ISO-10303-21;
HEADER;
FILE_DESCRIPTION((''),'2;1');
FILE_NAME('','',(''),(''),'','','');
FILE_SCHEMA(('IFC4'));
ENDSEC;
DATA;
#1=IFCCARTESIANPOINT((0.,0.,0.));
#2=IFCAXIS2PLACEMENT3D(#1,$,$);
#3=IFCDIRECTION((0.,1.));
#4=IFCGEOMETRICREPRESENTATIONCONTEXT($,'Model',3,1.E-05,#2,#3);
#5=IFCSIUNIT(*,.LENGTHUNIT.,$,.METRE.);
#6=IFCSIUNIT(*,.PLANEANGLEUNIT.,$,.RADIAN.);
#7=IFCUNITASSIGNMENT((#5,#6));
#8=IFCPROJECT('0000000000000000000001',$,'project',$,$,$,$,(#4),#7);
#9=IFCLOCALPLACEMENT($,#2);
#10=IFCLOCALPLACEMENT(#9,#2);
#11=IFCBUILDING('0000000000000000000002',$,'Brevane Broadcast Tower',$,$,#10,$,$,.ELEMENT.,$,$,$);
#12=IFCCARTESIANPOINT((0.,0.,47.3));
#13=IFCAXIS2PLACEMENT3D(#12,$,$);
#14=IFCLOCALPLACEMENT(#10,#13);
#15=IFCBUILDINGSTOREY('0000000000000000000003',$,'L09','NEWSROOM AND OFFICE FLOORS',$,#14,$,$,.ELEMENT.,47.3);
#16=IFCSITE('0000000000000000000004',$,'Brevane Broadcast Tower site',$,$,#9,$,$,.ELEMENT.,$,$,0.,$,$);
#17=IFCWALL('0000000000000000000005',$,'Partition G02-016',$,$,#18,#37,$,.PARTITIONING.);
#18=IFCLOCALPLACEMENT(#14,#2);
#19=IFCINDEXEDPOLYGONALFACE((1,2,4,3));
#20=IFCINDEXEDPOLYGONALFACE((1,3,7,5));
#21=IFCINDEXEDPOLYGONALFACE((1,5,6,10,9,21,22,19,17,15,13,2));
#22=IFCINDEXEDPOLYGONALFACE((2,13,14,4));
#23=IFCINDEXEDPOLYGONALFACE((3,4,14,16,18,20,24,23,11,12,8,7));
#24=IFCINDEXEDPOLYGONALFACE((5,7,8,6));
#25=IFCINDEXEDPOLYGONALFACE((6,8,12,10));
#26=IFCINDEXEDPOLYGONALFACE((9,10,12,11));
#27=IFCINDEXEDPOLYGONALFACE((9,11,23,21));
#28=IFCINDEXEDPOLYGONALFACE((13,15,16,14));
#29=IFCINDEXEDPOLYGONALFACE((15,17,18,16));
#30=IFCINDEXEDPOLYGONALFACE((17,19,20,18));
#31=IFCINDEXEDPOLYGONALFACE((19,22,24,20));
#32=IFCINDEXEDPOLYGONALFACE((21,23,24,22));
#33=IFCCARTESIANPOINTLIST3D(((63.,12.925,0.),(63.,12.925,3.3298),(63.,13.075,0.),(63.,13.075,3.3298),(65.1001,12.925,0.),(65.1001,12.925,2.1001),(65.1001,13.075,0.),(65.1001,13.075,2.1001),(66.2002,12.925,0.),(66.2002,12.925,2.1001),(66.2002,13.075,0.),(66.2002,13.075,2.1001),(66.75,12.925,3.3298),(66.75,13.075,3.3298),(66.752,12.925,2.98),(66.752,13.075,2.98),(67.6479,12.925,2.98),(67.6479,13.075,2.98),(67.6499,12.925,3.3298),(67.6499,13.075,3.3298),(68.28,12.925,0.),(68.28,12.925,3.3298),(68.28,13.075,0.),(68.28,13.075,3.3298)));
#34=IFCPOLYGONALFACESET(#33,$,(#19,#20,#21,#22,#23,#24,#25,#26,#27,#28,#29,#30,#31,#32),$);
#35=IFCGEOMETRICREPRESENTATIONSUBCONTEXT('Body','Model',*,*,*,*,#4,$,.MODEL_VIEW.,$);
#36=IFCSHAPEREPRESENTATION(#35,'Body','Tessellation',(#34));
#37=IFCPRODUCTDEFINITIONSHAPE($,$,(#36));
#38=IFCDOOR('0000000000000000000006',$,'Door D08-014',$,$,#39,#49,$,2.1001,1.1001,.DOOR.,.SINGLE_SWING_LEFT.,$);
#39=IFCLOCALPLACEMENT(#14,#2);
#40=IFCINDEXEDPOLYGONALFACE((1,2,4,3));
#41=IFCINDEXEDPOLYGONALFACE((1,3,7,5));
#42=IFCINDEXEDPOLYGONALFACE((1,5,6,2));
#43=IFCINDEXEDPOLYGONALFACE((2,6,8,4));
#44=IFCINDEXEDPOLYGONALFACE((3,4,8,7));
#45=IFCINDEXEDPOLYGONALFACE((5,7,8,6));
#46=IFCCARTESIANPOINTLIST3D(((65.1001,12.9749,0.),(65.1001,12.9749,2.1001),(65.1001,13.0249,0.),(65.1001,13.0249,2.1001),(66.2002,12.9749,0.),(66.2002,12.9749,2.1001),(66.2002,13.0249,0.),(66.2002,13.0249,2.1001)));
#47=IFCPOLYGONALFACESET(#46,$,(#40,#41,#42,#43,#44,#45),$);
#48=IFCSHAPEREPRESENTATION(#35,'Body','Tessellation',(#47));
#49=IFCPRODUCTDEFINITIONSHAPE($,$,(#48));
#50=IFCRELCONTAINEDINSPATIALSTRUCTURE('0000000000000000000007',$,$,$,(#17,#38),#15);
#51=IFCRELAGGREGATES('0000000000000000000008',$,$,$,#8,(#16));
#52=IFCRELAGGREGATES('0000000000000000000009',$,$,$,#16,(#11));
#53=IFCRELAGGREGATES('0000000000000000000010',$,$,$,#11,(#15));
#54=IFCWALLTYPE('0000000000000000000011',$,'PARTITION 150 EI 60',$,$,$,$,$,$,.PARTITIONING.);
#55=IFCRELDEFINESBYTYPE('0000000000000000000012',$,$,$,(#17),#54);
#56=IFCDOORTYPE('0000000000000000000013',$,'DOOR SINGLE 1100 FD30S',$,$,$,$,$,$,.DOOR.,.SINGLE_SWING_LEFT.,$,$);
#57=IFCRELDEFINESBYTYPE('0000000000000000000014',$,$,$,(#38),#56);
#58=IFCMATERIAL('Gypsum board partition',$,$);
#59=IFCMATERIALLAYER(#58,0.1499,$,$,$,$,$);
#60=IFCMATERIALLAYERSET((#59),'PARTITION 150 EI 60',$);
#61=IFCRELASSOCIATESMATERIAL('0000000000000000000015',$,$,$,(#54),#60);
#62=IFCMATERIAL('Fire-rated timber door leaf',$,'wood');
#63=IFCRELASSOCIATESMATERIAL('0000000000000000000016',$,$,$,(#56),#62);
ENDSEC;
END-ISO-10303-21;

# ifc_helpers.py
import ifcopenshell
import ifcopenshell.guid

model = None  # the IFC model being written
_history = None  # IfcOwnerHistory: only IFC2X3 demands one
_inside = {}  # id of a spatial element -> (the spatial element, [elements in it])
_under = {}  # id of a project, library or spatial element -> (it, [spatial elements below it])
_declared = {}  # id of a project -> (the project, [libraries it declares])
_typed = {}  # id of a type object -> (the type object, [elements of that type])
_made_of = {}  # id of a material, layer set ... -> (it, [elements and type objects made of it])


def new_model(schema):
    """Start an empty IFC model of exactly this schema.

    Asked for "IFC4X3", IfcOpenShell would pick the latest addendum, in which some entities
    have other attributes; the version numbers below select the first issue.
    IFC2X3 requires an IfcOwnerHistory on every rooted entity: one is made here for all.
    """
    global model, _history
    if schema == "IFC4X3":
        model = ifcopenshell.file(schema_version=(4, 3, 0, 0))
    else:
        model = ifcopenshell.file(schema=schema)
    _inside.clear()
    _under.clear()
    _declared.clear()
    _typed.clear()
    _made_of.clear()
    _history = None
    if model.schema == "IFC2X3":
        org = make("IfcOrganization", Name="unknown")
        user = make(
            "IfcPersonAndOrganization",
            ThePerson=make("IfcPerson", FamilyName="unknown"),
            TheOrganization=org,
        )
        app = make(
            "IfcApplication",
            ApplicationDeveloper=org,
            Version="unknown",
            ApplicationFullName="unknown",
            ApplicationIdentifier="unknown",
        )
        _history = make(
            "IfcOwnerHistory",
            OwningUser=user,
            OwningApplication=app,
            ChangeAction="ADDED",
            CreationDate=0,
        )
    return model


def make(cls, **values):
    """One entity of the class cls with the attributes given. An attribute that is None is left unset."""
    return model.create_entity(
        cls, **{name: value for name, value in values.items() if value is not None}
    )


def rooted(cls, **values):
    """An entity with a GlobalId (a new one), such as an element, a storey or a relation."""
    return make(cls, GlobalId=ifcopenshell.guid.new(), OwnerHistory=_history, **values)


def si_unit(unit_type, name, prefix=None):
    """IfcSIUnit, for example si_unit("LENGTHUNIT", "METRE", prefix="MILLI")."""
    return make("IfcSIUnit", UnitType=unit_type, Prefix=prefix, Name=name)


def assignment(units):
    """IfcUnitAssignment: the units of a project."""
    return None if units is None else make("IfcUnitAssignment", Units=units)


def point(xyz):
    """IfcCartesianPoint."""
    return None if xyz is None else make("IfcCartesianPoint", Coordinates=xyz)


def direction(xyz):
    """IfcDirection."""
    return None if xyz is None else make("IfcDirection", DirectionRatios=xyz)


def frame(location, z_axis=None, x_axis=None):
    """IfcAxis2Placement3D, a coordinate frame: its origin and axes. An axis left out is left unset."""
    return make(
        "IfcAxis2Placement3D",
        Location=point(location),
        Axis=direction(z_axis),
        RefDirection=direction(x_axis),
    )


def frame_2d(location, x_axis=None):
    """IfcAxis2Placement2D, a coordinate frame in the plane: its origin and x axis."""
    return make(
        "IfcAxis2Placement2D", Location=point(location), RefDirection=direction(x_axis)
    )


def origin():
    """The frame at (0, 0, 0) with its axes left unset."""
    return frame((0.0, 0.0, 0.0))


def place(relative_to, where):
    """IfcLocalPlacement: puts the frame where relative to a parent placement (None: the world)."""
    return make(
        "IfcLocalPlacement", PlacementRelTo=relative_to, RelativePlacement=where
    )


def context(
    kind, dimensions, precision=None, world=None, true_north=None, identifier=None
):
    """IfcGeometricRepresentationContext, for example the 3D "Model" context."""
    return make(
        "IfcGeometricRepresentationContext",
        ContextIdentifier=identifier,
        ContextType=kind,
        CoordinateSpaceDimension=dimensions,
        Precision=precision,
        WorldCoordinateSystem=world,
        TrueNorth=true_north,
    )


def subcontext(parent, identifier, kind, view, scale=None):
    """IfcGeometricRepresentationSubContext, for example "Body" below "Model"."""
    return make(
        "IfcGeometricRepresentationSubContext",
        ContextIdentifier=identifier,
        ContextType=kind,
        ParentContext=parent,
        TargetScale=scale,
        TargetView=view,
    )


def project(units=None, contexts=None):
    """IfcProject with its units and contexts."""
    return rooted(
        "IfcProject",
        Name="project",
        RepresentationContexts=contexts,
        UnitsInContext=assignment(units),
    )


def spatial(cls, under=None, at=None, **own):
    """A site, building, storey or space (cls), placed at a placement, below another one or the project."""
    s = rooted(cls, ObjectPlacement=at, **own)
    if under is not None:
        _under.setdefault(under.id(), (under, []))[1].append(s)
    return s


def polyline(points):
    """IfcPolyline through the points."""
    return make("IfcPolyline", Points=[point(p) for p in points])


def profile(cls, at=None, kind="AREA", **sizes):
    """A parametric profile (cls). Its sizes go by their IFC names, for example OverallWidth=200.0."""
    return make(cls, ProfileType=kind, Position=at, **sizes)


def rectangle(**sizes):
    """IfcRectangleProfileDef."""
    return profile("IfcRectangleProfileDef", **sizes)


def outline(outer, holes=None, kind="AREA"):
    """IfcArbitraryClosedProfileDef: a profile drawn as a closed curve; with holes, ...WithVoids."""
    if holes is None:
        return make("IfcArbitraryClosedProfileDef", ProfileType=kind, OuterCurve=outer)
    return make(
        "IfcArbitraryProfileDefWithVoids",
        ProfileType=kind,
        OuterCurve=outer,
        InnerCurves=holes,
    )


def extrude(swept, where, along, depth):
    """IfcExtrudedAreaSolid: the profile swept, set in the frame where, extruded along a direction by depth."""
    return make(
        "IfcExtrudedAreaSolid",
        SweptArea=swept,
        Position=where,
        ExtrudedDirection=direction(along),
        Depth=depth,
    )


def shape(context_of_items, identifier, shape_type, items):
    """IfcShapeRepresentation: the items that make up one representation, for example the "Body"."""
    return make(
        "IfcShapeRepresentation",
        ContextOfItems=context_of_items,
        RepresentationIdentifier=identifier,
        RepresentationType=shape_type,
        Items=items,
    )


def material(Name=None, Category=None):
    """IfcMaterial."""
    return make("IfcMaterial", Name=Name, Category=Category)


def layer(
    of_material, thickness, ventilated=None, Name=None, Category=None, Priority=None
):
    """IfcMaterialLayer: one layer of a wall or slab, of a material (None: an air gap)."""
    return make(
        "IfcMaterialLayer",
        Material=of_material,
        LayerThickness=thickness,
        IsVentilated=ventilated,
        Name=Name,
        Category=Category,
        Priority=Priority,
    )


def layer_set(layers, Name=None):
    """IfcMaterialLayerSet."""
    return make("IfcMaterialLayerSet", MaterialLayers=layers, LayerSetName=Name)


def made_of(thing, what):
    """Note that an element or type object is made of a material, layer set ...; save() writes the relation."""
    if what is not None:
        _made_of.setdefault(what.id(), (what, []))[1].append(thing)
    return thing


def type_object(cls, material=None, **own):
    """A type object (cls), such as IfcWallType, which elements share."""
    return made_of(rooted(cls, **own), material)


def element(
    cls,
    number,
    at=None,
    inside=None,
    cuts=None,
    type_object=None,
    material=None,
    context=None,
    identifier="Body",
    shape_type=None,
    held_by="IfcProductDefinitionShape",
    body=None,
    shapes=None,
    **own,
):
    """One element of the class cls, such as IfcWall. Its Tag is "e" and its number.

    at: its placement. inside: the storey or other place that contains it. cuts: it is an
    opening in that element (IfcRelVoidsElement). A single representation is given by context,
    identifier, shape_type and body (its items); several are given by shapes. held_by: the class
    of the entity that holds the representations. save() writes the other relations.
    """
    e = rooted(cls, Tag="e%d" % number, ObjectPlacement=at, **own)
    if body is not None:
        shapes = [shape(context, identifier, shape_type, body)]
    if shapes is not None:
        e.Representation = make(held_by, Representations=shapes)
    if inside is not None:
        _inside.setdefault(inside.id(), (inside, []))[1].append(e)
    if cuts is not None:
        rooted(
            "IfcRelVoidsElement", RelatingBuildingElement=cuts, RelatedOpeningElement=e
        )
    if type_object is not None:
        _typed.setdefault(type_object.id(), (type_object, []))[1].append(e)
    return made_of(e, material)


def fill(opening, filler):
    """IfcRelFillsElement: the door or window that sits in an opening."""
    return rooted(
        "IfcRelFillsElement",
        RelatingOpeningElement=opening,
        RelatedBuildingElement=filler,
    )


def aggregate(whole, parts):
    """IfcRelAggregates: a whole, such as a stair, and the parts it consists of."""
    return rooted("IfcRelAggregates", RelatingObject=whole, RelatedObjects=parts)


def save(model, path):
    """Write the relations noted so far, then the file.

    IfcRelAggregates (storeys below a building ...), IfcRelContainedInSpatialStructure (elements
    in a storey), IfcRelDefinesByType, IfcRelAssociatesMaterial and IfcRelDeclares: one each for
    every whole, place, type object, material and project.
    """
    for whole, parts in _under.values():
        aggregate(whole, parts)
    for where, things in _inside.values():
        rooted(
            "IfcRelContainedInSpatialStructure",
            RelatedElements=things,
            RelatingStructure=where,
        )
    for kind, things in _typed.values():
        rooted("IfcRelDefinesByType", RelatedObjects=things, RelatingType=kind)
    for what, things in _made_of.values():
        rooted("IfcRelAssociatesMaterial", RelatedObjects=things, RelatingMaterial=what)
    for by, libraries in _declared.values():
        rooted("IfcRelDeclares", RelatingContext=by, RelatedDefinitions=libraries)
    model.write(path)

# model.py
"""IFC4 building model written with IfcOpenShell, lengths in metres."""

from ifc_helpers import new_model, si_unit, direction, frame, frame_2d, origin, place, context, subcontext, project, spatial, polyline, rectangle, outline, extrude, material, layer, layer_set, type_object, element, fill, save


model = new_model("IFC4")

# Units and contexts
model_context = context("Model", 3, precision=1e-05, world=origin(), true_north=direction((0.0, 1.0)))
body_context = subcontext(model_context, "Body", "Model", "MODEL_VIEW")
ifc_project = project(units=[si_unit("LENGTHUNIT", "METRE"), si_unit("PLANEANGLEUNIT", "RADIAN")], contexts=[model_context])

# Site, building, storey
site_placement = place(None, origin())
site = spatial("IfcSite", under=ifc_project, at=site_placement, Name="Brevane Broadcast Tower site", CompositionType="ELEMENT", RefElevation=0.0)
building_placement = place(site_placement, origin())
building = spatial("IfcBuilding", under=site, at=building_placement, Name="Brevane Broadcast Tower", CompositionType="ELEMENT")
storey_placement = place(building_placement, frame((0.0, 0.0, 47.3)))
storey = spatial("IfcBuildingStorey", under=building, at=storey_placement, Name="L09", Description="NEWSROOM AND OFFICE FLOORS", CompositionType="ELEMENT", Elevation=47.3)

# Shared definitions
ifc_material_1 = material(Name="Gypsum board partition")
ifc_layer_1 = layer(ifc_material_1, 0.1499)
ifc_layer_set_1 = layer_set([ifc_layer_1], Name="PARTITION 150 EI 60")
wall_type_1 = type_object("IfcWallType", Name="PARTITION 150 EI 60", PredefinedType="PARTITIONING", material=ifc_layer_set_1)

# Wall, opening, door
ifc_material_2 = material(Name="Fire-rated timber door leaf", Category="wood")
wall_1_placement = place(storey_placement, frame((63.0, 13.0, 0.0), z_axis=(0.0, 0.0, 1.0), x_axis=(1.0, 0.0, 0.0)))
wall_1 = element("IfcWall", 1, at=wall_1_placement, inside=storey, type_object=wall_type_1, Name="Partition G02-016", PredefinedType="PARTITIONING", context=body_context, shape_type="SweptSolid", body=[
    extrude(outline(polyline([(0.0, 0.0), (5.28, 0.0), (5.28, 3.3298), (4.6499, 3.3298), (4.6479, 2.98), (3.752, 2.98), (3.75, 3.3298), (0.0, 3.3298), (0.0, 0.0)])), frame((0.0, 0.075, 0.0), z_axis=(0.0, -1.0, 0.0), x_axis=(1.0, 0.0, 0.0)), (0.0, 0.0, 1.0), 0.1499),
])
opening_1_placement = place(wall_1_placement, frame((2.1001, 0.0, 0.0)))
opening_1 = element("IfcOpeningElement", 2, at=opening_1_placement, cuts=wall_1, PredefinedType="OPENING", context=body_context, shape_type="SweptSolid", body=[
    extrude(rectangle(XDim=1.1001, YDim=2.1001, at=frame_2d((0.55, 1.05))), frame((0.0, 0.085, 0.0), z_axis=(0.0, -1.0, 0.0), x_axis=(1.0, 0.0, 0.0)), (0.0, 0.0, 1.0), 0.1699),
])
door_type_1 = type_object("IfcDoorType", Name="DOOR SINGLE 1100 FD30S", OperationType="SINGLE_SWING_LEFT", PredefinedType="DOOR", material=ifc_material_2)
door_1_placement = place(opening_1_placement, origin())
door_1 = element("IfcDoor", 3, at=door_1_placement, inside=storey, type_object=door_type_1, Name="Door D08-014", OperationType="SINGLE_SWING_LEFT", OverallHeight=2.1001, OverallWidth=1.1001, PredefinedType="DOOR", context=body_context, shape_type="SweptSolid", body=[
    extrude(rectangle(XDim=1.1001, YDim=2.1001, at=frame_2d((0.55, 1.05))), frame((0.0, 0.0249, 0.0), z_axis=(0.0, -1.0, 0.0), x_axis=(1.0, 0.0, 0.0)), (0.0, 0.0, 1.0), 0.05),
])
fill(opening_1, door_1)

save(model, "model.ifc")
